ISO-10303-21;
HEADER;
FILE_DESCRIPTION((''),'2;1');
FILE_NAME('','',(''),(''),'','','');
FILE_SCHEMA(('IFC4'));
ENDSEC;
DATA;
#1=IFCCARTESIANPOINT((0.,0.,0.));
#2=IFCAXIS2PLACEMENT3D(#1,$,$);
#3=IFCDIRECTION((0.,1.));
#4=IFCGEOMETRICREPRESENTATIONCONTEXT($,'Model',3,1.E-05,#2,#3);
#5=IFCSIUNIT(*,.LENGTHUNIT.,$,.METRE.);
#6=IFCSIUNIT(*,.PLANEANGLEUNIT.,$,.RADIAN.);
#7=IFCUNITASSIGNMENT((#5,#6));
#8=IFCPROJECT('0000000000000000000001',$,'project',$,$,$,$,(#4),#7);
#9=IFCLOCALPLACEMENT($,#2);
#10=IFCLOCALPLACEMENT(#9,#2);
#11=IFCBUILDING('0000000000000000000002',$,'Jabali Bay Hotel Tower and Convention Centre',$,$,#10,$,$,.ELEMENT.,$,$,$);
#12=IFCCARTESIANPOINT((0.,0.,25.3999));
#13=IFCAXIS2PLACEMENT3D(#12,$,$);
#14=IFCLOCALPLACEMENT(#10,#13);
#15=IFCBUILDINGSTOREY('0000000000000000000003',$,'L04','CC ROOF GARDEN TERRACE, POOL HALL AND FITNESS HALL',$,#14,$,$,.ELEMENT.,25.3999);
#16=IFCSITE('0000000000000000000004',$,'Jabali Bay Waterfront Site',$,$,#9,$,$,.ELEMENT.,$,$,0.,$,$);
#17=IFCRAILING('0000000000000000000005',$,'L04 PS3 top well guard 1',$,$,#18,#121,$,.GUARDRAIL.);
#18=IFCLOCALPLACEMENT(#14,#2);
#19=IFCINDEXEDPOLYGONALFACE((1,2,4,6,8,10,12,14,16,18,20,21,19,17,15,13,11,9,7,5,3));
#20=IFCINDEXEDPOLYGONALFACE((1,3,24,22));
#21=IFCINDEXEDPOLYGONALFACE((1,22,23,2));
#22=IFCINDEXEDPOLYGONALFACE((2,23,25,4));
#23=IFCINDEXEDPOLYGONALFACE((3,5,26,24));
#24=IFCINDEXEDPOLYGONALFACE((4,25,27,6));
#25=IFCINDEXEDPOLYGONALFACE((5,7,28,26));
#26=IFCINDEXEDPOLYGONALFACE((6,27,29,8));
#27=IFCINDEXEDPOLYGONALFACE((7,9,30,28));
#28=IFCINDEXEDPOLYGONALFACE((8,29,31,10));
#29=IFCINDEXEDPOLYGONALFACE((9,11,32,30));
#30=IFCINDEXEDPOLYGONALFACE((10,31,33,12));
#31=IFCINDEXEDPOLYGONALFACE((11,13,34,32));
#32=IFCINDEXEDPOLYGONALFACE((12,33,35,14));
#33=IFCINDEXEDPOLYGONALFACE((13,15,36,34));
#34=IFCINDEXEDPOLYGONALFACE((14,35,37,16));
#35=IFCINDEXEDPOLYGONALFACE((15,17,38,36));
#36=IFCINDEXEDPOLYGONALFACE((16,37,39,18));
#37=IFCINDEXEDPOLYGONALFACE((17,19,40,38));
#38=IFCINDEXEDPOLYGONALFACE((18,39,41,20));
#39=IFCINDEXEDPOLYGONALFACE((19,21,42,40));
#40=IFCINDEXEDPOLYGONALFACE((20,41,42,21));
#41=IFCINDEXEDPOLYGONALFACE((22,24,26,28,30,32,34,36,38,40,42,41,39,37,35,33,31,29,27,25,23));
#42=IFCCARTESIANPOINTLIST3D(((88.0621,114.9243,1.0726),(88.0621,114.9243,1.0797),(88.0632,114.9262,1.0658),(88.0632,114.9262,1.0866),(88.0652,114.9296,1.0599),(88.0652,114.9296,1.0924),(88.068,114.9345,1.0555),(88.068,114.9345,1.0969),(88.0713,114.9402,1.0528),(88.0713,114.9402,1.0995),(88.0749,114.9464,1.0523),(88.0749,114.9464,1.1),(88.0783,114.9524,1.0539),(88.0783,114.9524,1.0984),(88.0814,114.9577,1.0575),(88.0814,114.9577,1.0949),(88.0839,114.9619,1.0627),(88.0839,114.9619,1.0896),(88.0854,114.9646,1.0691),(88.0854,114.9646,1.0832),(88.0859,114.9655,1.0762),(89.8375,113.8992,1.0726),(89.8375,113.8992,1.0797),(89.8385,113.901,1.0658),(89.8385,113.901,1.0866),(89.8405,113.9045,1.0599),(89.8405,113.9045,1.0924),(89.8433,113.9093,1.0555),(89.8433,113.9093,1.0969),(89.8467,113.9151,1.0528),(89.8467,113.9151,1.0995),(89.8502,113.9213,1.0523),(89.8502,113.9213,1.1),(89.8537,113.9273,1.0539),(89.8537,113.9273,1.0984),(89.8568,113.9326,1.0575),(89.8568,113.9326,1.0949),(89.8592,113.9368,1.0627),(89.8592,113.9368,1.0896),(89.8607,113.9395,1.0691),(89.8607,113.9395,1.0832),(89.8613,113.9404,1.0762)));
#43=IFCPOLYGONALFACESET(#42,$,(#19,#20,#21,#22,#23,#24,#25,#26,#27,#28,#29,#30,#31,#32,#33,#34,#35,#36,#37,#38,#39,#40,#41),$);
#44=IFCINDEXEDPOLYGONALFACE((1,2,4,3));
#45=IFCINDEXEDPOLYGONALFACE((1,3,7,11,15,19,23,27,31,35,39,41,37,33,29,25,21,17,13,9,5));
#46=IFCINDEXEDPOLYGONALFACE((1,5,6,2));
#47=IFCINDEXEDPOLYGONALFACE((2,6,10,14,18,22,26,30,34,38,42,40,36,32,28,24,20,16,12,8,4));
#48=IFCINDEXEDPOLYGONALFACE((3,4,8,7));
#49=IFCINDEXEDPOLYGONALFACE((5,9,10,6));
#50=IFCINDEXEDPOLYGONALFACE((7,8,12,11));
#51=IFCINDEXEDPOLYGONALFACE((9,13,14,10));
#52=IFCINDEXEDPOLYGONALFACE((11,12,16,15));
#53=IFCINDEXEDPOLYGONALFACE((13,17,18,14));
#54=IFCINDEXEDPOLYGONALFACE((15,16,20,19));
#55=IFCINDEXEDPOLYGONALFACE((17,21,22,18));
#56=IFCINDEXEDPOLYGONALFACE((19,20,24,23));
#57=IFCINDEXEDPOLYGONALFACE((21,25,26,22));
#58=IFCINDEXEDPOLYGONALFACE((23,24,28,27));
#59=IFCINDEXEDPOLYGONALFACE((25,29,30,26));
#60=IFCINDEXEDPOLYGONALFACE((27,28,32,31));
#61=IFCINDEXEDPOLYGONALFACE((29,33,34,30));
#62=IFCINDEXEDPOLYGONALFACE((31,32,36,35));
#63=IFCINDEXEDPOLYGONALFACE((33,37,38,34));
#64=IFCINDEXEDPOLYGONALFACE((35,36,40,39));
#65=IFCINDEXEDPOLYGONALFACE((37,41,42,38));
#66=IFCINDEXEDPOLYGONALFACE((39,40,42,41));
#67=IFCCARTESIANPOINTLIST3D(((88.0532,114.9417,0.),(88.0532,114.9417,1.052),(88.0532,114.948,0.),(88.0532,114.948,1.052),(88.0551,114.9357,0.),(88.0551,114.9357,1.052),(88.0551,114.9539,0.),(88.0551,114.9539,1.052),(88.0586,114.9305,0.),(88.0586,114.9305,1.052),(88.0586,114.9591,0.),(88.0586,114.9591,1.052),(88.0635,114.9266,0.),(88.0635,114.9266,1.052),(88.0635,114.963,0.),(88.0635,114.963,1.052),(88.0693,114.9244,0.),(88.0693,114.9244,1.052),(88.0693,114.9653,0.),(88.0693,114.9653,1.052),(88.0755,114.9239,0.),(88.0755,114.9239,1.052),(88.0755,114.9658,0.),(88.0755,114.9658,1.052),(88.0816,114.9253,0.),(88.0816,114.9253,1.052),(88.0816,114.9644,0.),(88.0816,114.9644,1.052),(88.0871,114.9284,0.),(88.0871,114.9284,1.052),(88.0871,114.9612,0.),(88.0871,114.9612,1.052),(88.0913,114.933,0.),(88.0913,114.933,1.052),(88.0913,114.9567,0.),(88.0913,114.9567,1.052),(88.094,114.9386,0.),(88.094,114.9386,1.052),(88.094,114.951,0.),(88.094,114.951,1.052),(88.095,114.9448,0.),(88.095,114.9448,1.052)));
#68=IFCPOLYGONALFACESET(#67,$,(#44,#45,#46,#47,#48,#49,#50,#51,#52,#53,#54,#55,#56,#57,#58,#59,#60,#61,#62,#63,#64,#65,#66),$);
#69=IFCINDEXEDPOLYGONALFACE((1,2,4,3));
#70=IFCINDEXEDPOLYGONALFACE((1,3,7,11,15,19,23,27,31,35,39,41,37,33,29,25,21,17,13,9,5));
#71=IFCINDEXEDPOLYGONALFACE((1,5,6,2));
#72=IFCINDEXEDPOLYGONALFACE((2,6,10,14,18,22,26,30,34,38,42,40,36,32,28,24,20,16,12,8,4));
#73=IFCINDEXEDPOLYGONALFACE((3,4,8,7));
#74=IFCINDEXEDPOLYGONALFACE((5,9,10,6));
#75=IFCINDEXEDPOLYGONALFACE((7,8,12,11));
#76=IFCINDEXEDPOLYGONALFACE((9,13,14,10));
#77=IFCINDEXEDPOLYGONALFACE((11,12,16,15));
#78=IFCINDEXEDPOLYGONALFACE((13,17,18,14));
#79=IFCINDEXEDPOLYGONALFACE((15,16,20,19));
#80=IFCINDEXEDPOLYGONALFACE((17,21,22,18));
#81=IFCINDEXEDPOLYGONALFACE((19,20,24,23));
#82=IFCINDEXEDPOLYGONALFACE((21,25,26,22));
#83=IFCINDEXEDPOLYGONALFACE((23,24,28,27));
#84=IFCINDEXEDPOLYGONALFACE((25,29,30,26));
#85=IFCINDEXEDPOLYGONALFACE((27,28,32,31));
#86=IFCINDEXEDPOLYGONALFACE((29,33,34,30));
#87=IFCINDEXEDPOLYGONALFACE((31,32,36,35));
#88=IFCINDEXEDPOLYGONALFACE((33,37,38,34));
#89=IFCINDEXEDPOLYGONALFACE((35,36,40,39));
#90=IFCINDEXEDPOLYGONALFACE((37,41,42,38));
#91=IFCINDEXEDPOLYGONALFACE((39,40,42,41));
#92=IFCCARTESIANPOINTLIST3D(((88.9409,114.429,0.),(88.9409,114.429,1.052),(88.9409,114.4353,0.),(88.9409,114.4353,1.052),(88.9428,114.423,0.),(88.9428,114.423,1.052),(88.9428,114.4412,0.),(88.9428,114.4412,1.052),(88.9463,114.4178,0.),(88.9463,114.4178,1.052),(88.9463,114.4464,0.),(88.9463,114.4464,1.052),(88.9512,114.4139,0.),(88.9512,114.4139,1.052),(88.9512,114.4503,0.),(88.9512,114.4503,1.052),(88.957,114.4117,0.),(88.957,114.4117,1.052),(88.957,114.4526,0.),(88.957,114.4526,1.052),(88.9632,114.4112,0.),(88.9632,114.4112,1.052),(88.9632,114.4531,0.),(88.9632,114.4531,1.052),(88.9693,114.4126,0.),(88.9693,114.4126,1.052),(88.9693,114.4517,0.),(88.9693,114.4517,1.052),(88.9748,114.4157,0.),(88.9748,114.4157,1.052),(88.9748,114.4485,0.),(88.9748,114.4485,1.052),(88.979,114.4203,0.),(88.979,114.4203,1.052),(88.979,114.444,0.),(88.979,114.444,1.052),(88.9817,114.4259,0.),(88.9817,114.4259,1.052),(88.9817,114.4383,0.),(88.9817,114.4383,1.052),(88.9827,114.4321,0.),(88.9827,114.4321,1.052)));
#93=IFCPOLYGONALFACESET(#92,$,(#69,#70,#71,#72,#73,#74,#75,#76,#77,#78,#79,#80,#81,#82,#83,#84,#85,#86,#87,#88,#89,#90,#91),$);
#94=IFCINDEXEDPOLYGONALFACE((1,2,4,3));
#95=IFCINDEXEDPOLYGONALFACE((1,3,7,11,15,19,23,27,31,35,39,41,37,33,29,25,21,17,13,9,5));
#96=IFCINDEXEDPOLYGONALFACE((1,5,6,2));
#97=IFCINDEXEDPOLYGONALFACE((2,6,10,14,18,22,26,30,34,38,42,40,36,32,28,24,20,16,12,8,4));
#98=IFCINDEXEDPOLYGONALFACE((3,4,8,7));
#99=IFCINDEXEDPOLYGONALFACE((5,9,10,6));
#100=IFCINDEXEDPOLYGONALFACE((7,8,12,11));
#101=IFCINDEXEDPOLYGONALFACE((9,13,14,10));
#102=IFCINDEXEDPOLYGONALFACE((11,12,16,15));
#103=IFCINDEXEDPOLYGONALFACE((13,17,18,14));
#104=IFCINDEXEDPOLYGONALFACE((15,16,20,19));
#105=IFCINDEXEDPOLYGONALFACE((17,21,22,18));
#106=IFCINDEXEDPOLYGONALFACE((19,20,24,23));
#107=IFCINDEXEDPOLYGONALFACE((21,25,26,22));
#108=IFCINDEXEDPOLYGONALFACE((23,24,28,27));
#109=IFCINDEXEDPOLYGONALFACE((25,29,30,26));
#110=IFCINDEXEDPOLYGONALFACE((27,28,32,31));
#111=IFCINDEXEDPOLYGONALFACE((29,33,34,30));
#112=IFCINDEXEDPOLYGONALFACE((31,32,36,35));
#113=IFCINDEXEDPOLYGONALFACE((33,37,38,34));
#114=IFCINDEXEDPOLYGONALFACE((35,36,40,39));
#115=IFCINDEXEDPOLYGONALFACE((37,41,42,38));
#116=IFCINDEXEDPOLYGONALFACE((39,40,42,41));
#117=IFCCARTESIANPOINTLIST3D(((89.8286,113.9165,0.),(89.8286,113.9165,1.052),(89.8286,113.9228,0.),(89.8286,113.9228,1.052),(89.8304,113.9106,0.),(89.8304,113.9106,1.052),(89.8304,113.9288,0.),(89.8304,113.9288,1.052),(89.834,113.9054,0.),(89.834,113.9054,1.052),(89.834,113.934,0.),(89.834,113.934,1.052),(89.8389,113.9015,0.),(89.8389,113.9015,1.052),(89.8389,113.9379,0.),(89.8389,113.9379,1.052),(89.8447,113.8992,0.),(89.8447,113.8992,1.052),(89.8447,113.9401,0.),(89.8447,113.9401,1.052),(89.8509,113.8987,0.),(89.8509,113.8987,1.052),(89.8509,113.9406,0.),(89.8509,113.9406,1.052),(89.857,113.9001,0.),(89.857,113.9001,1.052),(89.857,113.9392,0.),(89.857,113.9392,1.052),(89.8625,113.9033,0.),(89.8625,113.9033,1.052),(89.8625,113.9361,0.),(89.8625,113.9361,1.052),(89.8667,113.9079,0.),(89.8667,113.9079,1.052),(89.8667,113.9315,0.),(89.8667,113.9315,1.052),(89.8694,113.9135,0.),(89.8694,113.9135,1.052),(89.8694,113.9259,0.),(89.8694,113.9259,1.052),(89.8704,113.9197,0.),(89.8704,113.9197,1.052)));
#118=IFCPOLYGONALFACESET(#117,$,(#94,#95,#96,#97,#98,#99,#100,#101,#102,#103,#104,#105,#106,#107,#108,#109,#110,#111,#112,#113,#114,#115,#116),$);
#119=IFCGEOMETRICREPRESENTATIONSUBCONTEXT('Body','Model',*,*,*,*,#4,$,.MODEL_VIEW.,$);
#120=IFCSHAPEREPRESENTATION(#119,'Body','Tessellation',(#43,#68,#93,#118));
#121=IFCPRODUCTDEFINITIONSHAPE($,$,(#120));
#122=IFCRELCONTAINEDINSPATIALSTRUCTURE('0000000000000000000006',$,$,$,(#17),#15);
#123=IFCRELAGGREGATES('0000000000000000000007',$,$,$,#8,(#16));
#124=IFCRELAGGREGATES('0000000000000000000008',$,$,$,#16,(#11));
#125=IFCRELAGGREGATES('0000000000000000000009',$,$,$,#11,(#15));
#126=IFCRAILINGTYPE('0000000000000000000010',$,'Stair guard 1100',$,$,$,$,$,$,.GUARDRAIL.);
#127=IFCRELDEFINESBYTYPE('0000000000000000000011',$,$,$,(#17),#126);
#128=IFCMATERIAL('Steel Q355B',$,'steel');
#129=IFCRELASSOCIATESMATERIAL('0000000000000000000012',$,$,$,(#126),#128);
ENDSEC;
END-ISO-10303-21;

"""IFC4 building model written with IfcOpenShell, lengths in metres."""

from ifc_helpers import new_model, si_unit, direction, frame, origin, origin_2d, place, context, subcontext, project, spatial, circle, extrude, material, type_object, element, save


model = new_model("IFC4")

# Units and contexts
model_context = context("Model", 3, precision=1e-05, world=origin(), true_north=direction((0.0, 1.0)))
body_context = subcontext(model_context, "Body", "Model", "MODEL_VIEW")
ifc_project = project(units=[si_unit("LENGTHUNIT", "METRE"), si_unit("PLANEANGLEUNIT", "RADIAN")], contexts=[model_context])

# Site, building, storey
site_placement = place(None, origin())
site = spatial("IfcSite", under=ifc_project, at=site_placement, Name="Jabali Bay Waterfront Site", CompositionType="ELEMENT", RefElevation=0.0)
building_placement = place(site_placement, origin())
building = spatial("IfcBuilding", under=site, at=building_placement, Name="Jabali Bay Hotel Tower and Convention Centre", CompositionType="ELEMENT")
storey_placement = place(building_placement, frame((0.0, 0.0, 25.3999)))
storey = spatial("IfcBuildingStorey", under=building, at=storey_placement, Name="L04", Description="CC ROOF GARDEN TERRACE, POOL HALL AND FITNESS HALL", CompositionType="ELEMENT", Elevation=25.3999)

# Railing
ifc_material_1 = material(Name="Steel Q355B", Category="steel")
railing_type = type_object("IfcRailingType", Name="Stair guard 1100", PredefinedType="GUARDRAIL", material=ifc_material_1)
railing_placement = place(storey_placement, frame((88.074, 114.9448, 0.0)))
element("IfcRailing", 1, at=railing_placement, inside=storey, type_object=railing_type, Name="L04 PS3 top well guard 1", PredefinedType="GUARDRAIL", context=body_context, shape_type="SweptSolid", body=[
    extrude(circle(Radius=0.0239, at=origin_2d()), frame((0.0, 0.0, 1.0762), z_axis=(0.865999, -0.500045, 0.0), x_axis=(0.500045, 0.865999, 0.0)), (0.0, 0.0, 1.0), 2.05),
    extrude(circle(Radius=0.021, at=origin_2d()), origin(), (0.0, 0.0, 1.0), 1.052),
    extrude(circle(Radius=0.021, at=origin_2d()), frame((0.8877, -0.5127, 0.0)), (0.0, 0.0, 1.0), 1.052),
    extrude(circle(Radius=0.021, at=origin_2d()), frame((1.7754, -1.0251, 0.0)), (0.0, 0.0, 1.0), 1.052),
])

save(model, "model.ifc")
